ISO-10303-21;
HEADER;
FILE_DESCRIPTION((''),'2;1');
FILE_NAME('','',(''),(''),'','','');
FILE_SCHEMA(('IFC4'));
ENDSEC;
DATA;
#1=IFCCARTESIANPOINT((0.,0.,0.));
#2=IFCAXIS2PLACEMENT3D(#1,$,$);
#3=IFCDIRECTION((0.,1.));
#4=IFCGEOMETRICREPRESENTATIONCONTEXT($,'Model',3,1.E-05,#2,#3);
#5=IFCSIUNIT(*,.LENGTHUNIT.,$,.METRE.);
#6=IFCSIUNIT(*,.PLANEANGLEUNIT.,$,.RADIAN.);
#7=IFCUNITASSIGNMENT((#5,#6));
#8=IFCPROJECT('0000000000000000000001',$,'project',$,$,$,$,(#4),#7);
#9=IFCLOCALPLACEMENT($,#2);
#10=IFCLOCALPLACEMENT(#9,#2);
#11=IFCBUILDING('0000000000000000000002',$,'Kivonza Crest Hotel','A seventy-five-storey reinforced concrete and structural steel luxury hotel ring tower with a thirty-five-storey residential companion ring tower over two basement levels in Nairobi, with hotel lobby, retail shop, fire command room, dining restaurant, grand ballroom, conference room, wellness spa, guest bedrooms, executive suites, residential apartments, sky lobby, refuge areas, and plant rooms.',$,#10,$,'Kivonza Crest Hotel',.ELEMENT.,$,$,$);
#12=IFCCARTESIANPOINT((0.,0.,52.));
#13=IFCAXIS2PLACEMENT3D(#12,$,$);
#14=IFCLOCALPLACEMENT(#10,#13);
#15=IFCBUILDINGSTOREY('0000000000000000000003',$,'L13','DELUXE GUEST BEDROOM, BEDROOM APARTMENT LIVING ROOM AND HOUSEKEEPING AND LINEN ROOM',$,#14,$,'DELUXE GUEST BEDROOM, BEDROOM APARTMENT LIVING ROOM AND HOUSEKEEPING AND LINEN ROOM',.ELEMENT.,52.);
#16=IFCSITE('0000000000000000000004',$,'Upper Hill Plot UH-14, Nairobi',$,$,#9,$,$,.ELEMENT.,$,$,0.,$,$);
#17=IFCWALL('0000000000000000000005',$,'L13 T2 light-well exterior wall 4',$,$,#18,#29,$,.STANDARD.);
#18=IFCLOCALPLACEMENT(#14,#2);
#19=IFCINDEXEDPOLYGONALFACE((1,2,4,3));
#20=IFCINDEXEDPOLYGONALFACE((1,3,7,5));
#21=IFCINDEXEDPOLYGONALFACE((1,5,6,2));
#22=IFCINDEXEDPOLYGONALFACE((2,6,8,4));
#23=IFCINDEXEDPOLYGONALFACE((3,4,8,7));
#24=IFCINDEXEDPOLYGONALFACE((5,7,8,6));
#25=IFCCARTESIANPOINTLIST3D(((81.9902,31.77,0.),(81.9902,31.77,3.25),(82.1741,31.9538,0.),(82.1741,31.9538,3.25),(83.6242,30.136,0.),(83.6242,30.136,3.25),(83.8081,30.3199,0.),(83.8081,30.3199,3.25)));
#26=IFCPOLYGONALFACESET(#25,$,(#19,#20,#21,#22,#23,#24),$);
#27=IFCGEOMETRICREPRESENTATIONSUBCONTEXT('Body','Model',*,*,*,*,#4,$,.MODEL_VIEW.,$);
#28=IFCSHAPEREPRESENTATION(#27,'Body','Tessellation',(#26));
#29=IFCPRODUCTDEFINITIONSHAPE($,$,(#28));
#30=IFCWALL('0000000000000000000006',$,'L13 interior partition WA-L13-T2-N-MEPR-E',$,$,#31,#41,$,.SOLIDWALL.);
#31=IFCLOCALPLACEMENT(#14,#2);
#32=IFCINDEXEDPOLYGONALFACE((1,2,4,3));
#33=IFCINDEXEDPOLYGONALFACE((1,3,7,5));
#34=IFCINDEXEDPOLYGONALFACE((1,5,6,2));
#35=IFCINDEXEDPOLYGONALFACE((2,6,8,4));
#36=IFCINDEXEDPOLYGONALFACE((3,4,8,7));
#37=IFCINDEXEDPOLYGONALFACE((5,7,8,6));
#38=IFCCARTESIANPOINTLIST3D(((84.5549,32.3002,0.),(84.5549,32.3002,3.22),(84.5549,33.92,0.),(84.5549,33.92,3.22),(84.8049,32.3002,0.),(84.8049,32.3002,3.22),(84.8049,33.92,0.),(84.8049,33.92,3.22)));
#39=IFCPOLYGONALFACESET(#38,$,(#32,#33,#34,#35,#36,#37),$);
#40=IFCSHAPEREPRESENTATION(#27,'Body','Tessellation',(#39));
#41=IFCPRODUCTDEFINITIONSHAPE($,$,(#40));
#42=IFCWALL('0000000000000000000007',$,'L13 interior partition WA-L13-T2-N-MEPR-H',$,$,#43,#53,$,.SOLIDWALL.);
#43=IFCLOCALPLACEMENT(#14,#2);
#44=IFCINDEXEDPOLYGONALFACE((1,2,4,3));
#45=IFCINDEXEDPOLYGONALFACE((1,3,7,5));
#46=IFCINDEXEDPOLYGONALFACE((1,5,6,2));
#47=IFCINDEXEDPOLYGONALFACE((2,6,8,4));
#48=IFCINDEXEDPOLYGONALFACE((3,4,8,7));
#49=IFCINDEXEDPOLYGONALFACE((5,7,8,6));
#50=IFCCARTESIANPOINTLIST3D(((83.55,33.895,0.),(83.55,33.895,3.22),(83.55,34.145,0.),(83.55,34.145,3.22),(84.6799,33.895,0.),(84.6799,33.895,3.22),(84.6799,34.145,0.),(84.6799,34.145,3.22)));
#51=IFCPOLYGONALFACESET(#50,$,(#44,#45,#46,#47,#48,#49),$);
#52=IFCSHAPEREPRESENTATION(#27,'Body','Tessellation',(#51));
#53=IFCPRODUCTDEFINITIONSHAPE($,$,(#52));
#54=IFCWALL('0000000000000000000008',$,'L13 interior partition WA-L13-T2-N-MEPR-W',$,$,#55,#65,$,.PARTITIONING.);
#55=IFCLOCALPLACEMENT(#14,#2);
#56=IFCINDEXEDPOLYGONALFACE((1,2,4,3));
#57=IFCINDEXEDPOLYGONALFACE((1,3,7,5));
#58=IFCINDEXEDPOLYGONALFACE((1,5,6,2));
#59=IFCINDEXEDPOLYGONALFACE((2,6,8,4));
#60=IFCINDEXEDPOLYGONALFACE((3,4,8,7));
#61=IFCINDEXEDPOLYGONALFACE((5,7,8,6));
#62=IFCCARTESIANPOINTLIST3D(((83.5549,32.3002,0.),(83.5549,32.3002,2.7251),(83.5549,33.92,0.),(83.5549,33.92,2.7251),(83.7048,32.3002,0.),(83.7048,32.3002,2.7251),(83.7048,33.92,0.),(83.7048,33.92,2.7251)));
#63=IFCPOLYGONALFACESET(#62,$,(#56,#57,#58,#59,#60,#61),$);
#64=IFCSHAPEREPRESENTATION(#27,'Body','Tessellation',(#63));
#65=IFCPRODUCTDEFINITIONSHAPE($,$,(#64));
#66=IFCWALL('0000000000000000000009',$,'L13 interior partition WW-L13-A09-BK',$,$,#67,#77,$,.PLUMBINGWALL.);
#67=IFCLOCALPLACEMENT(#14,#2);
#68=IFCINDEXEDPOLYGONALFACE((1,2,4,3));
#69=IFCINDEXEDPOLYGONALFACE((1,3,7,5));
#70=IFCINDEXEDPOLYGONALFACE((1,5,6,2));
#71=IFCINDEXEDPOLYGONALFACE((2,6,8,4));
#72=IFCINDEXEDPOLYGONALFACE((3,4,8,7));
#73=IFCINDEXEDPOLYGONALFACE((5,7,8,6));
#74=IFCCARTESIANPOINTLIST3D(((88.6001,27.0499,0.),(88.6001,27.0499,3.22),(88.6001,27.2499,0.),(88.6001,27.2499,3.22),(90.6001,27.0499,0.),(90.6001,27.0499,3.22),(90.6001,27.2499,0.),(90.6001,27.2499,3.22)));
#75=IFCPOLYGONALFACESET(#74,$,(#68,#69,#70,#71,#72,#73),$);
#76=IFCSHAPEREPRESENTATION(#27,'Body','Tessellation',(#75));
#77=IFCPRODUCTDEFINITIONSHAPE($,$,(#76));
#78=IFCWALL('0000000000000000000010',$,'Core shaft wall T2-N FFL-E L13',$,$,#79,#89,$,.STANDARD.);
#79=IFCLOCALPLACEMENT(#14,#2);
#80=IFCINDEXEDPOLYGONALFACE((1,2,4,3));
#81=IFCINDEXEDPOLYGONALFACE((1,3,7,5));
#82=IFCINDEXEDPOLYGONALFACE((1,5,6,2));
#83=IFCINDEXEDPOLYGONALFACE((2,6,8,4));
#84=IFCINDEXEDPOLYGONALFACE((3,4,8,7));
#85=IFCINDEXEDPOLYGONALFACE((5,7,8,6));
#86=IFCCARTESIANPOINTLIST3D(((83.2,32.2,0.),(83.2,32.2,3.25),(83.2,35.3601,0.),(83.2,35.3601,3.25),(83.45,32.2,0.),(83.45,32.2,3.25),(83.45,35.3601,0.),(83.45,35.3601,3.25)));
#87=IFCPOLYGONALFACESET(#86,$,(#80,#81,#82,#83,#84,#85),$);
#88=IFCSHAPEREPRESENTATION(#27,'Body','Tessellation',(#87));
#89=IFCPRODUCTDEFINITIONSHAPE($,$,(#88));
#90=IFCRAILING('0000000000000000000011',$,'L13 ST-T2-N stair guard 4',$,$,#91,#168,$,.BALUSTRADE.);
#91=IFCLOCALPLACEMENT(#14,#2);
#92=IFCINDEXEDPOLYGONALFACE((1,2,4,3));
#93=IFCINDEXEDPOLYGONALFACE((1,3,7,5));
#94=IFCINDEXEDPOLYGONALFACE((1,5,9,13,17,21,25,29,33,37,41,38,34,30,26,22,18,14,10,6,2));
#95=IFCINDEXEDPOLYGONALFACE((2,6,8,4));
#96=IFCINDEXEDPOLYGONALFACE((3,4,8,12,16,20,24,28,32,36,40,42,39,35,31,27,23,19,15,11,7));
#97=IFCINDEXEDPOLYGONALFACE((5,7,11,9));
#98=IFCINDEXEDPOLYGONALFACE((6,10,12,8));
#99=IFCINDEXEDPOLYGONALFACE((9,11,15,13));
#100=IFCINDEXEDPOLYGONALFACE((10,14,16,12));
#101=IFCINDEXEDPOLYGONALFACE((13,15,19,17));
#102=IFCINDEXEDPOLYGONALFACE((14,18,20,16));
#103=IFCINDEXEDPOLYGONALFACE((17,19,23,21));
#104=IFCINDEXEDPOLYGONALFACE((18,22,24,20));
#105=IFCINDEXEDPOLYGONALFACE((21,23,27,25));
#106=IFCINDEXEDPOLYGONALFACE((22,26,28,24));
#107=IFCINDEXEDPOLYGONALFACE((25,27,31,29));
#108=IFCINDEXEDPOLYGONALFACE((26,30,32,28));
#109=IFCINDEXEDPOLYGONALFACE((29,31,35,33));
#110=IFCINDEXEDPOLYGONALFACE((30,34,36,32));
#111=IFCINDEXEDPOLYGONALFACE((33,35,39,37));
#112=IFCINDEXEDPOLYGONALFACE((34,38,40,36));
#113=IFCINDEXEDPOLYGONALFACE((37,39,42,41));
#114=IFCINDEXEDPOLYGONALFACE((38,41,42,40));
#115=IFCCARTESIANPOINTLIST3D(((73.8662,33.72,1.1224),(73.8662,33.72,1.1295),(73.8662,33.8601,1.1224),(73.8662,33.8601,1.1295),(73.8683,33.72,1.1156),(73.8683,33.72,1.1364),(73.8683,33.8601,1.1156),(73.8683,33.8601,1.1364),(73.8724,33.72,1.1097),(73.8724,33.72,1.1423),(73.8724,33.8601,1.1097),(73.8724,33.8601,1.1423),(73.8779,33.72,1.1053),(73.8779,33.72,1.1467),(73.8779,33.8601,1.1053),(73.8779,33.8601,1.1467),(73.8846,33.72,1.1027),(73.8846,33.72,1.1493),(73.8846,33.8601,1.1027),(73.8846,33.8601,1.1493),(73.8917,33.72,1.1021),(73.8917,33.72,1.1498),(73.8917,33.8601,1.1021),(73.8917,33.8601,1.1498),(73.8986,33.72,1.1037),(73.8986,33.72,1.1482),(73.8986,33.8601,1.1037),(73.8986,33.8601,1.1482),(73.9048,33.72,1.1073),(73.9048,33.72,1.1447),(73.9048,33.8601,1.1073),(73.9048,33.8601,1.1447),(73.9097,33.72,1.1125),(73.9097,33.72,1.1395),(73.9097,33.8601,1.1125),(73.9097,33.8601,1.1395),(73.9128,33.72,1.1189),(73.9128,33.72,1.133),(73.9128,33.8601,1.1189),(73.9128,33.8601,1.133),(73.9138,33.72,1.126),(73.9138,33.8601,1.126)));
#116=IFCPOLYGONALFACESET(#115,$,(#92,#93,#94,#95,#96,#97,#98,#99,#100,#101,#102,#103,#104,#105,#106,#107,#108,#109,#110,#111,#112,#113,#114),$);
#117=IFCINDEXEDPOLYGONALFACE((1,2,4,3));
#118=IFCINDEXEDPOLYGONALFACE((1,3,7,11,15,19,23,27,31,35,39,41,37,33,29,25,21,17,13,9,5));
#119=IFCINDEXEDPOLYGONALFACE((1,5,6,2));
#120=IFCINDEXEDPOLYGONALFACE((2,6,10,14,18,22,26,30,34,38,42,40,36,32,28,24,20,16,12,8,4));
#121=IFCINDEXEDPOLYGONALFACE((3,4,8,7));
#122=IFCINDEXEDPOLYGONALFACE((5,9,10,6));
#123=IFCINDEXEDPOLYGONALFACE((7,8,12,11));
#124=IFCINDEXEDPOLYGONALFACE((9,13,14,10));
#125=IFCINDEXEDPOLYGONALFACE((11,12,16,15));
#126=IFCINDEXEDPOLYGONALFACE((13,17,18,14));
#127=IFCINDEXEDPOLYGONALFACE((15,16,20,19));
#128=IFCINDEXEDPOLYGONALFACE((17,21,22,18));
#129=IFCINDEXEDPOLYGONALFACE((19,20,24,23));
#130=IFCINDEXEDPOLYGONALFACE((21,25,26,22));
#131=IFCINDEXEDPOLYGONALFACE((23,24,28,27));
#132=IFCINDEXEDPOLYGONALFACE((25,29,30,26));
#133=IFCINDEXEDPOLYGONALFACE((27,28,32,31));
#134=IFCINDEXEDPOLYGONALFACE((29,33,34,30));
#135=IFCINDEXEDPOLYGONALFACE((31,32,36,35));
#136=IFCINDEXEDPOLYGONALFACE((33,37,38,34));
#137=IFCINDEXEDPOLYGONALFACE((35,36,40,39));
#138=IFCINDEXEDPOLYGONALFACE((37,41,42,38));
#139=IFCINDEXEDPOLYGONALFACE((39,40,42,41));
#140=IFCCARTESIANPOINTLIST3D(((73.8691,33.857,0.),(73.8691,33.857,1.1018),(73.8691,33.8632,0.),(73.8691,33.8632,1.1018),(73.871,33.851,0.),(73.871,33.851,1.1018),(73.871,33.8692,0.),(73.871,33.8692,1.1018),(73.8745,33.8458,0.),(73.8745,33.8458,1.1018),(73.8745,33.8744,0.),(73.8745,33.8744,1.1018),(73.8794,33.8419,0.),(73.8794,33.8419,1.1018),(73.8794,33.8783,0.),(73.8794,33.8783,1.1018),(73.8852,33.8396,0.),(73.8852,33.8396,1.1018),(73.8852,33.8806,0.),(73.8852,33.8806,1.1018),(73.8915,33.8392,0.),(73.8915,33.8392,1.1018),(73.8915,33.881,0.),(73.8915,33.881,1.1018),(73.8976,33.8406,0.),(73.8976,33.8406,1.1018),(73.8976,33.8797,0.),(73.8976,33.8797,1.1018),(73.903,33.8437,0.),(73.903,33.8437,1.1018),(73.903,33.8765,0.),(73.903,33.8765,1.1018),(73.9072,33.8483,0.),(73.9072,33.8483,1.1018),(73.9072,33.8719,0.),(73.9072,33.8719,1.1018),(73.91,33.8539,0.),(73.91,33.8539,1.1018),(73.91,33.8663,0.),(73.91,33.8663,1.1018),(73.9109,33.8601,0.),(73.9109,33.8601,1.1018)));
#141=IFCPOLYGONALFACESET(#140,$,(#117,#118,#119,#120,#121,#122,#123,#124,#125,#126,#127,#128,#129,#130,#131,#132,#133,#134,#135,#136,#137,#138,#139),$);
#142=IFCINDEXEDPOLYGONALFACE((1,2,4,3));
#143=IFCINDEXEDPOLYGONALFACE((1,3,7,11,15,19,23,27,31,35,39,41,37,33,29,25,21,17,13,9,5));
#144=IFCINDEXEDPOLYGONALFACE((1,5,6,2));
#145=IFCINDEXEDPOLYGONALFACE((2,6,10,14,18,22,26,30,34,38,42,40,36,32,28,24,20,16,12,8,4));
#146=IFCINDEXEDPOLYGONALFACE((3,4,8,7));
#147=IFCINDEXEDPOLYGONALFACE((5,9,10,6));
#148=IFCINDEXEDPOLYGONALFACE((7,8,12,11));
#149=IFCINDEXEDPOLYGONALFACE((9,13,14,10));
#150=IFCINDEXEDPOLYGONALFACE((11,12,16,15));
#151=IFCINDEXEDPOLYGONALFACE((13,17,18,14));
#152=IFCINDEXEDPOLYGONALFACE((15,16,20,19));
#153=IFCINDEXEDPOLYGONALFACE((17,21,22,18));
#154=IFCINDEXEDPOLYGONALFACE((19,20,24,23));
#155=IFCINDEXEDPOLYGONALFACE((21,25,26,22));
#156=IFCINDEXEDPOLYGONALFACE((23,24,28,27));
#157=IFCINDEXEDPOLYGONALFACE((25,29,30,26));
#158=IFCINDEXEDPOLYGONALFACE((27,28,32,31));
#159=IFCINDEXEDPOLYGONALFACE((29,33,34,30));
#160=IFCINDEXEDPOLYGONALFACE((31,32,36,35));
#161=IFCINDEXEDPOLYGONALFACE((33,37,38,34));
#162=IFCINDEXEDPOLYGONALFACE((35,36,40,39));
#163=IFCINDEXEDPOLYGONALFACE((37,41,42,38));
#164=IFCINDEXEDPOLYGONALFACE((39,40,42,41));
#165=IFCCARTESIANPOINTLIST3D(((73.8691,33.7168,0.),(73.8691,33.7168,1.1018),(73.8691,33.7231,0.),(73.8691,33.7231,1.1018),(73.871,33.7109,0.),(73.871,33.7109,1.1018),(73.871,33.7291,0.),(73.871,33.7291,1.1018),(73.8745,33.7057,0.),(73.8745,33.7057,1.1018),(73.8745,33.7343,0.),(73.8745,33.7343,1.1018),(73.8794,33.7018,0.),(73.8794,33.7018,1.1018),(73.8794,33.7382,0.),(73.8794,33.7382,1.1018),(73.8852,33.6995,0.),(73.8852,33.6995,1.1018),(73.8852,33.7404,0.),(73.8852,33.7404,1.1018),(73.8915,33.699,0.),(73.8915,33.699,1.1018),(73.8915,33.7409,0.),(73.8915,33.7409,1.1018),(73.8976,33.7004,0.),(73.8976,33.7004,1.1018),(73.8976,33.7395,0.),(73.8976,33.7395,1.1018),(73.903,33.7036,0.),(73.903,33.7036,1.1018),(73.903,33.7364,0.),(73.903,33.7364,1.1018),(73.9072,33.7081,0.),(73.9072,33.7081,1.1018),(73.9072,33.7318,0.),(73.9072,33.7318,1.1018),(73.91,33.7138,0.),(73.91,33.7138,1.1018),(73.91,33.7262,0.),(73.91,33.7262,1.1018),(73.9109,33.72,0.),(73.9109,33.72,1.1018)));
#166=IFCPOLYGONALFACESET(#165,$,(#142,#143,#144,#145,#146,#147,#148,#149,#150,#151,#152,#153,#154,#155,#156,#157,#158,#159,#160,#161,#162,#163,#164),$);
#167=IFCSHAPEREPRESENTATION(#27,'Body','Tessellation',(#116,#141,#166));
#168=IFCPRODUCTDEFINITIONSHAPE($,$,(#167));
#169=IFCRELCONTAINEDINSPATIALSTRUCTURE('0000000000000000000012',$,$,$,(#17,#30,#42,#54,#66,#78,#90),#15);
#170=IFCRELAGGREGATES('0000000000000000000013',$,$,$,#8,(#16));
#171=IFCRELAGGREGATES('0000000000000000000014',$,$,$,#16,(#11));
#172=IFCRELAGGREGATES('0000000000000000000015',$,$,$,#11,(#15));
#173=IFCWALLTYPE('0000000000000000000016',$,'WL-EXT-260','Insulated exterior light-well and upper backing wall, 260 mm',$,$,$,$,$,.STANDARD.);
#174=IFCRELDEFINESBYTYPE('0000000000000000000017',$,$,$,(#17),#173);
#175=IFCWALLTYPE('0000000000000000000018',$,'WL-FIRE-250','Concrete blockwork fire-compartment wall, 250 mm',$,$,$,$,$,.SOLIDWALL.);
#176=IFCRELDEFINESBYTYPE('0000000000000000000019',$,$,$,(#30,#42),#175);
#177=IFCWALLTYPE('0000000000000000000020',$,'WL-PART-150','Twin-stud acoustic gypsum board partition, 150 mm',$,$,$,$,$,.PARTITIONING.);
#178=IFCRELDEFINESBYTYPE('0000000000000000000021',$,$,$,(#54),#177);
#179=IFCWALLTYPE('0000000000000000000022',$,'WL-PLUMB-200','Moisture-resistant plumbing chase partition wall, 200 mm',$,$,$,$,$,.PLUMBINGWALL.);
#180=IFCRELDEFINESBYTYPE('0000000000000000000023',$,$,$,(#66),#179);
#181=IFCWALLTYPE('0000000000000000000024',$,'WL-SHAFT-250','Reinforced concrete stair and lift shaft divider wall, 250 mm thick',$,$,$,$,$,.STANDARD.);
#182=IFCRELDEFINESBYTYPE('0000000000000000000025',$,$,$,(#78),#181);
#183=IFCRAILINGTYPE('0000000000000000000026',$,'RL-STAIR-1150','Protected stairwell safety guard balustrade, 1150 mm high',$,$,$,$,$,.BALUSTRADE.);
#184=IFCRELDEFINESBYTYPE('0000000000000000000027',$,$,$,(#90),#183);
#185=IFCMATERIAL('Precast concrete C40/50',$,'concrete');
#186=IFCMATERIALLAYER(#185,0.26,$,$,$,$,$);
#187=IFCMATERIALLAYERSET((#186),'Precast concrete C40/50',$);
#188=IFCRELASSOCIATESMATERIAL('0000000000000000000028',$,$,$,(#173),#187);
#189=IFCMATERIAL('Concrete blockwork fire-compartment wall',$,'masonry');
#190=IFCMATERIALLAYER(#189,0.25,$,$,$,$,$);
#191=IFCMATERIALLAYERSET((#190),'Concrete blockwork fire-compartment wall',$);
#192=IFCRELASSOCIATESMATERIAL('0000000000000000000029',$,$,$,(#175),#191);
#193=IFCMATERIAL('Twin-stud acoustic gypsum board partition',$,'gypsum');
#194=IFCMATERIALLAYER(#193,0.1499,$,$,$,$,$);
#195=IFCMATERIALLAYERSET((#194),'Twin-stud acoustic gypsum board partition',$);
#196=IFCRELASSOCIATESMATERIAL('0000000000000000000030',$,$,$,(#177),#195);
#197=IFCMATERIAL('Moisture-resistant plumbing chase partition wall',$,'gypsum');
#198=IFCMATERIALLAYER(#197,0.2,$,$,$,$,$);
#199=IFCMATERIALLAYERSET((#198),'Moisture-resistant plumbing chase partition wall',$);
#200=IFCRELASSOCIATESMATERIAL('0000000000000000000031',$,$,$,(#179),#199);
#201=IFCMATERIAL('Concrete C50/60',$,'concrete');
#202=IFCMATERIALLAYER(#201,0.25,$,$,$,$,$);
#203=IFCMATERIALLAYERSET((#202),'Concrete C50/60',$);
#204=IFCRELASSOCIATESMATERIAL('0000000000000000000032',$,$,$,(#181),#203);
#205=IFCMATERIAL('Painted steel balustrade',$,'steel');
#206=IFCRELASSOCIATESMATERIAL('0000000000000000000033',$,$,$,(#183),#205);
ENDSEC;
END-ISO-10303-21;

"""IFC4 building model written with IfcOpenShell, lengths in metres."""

from ifc_helpers import new_model, si_unit, direction, frame, frame_2d, origin, origin_2d, place, context, subcontext, project, spatial, rectangle, circle, extrude, material, layer, layer_set, type_object, element, save


model = new_model("IFC4")

# Units and contexts
model_context = context("Model", 3, precision=1e-05, world=origin(), true_north=direction((0.0, 1.0)))
body_context = subcontext(model_context, "Body", "Model", "MODEL_VIEW")
ifc_project = project(units=[si_unit("LENGTHUNIT", "METRE"), si_unit("PLANEANGLEUNIT", "RADIAN")], contexts=[model_context])

# Site, building, storey
site_placement = place(None, origin())
site = spatial("IfcSite", under=ifc_project, at=site_placement, Name="Upper Hill Plot UH-14, Nairobi", CompositionType="ELEMENT", RefElevation=0.0)
building_placement = place(site_placement, origin())
building = spatial("IfcBuilding", under=site, at=building_placement, Name="Kivonza Crest Hotel", Description="A seventy-five-storey reinforced concrete and structural steel luxury hotel ring tower with a thirty-five-storey residential companion ring tower over two basement levels in Nairobi, with hotel lobby, retail shop, fire command room, dining restaurant, grand ballroom, conference room, wellness spa, guest bedrooms, executive suites, residential apartments, sky lobby, refuge areas, and plant rooms.", LongName="Kivonza Crest Hotel", CompositionType="ELEMENT")
storey_placement = place(building_placement, frame((0.0, 0.0, 52.0)))
storey = spatial("IfcBuildingStorey", under=building, at=storey_placement, Name="L13", Description="DELUXE GUEST BEDROOM, BEDROOM APARTMENT LIVING ROOM AND HOUSEKEEPING AND LINEN ROOM", LongName="DELUXE GUEST BEDROOM, BEDROOM APARTMENT LIVING ROOM AND HOUSEKEEPING AND LINEN ROOM", CompositionType="ELEMENT", Elevation=52.0)

# Shared definitions
ifc_material_1 = material(Name="Concrete C50/60", Category="concrete")

# Walls
ifc_material_2 = material(Name="Precast concrete C40/50", Category="concrete")
ifc_layer_1 = layer(ifc_material_2, 0.26)
ifc_layer_set_1 = layer_set([ifc_layer_1], Name="Precast concrete C40/50")
wall_type_1 = type_object("IfcWallType", Name="WL-EXT-260", Description="Insulated exterior light-well and upper backing wall, 260 mm", PredefinedType="STANDARD", material=ifc_layer_set_1)
wall_1_placement = place(storey_placement, frame((83.7161, 30.228, 0.0), z_axis=(0.0, 0.0, 1.0), x_axis=(-0.707107, 0.707107, 0.0)))
element("IfcWall", 1, at=wall_1_placement, inside=storey, type_object=wall_type_1, Name="L13 T2 light-well exterior wall 4", PredefinedType="STANDARD", context=body_context, shape_type="SweptSolid", body=[
    extrude(rectangle(XDim=2.3108, YDim=0.26, at=frame_2d((1.1553, 0.0))), origin(), (0.0, 0.0, 1.0), 3.25),
])
ifc_material_3 = material(Name="Concrete blockwork fire-compartment wall", Category="masonry")
ifc_layer_2 = layer(ifc_material_3, 0.25)
ifc_layer_set_2 = layer_set([ifc_layer_2], Name="Concrete blockwork fire-compartment wall")
wall_type_2 = type_object("IfcWallType", Name="WL-FIRE-250", Description="Concrete blockwork fire-compartment wall, 250 mm", PredefinedType="SOLIDWALL", material=ifc_layer_set_2)
wall_2_placement = place(storey_placement, frame((84.6799, 32.3, 0.0), z_axis=(0.0, 0.0, 1.0), x_axis=(0.0, 1.0, 0.0)))
element("IfcWall", 2, at=wall_2_placement, inside=storey, type_object=wall_type_2, Name="L13 interior partition WA-L13-T2-N-MEPR-E", PredefinedType="SOLIDWALL", context=body_context, shape_type="SweptSolid", body=[
    extrude(rectangle(XDim=1.6199, YDim=0.25, at=frame_2d((0.8101, 0.0))), origin(), (0.0, 0.0, 1.0), 3.22),
])
wall_3_placement = place(storey_placement, frame((83.55, 34.02, 0.0), z_axis=(0.0, 0.0, 1.0), x_axis=(1.0, 0.0, 0.0)))
element("IfcWall", 3, at=wall_3_placement, inside=storey, type_object=wall_type_2, Name="L13 interior partition WA-L13-T2-N-MEPR-H", PredefinedType="SOLIDWALL", context=body_context, shape_type="SweptSolid", body=[
    extrude(rectangle(XDim=1.1299, YDim=0.25, at=frame_2d((0.5649, 0.0))), origin(), (0.0, 0.0, 1.0), 3.22),
])
ifc_material_4 = material(Name="Twin-stud acoustic gypsum board partition", Category="gypsum")
ifc_layer_3 = layer(ifc_material_4, 0.1499)
ifc_layer_set_3 = layer_set([ifc_layer_3], Name="Twin-stud acoustic gypsum board partition")
wall_type_3 = type_object("IfcWallType", Name="WL-PART-150", Description="Twin-stud acoustic gypsum board partition, 150 mm", PredefinedType="PARTITIONING", material=ifc_layer_set_3)
wall_4_placement = place(storey_placement, frame((83.6299, 32.3, 0.0), z_axis=(0.0, 0.0, 1.0), x_axis=(0.0, 1.0, 0.0)))
element("IfcWall", 4, at=wall_4_placement, inside=storey, type_object=wall_type_3, Name="L13 interior partition WA-L13-T2-N-MEPR-W", PredefinedType="PARTITIONING", context=body_context, shape_type="SweptSolid", body=[
    extrude(rectangle(XDim=1.6199, YDim=0.1499, at=frame_2d((0.8101, 0.0))), origin(), (0.0, 0.0, 1.0), 2.7251),
])
ifc_material_5 = material(Name="Moisture-resistant plumbing chase partition wall", Category="gypsum")
ifc_layer_4 = layer(ifc_material_5, 0.2)
ifc_layer_set_4 = layer_set([ifc_layer_4], Name="Moisture-resistant plumbing chase partition wall")
wall_type_4 = type_object("IfcWallType", Name="WL-PLUMB-200", Description="Moisture-resistant plumbing chase partition wall, 200 mm", PredefinedType="PLUMBINGWALL", material=ifc_layer_set_4)
wall_5_placement = place(storey_placement, frame((88.6001, 27.1499, 0.0), z_axis=(0.0, 0.0, 1.0), x_axis=(1.0, 0.0, 0.0)))
element("IfcWall", 5, at=wall_5_placement, inside=storey, type_object=wall_type_4, Name="L13 interior partition WW-L13-A09-BK", PredefinedType="PLUMBINGWALL", context=body_context, shape_type="SweptSolid", body=[
    extrude(rectangle(XDim=2.0, YDim=0.2, at=frame_2d((1.0, 0.0))), origin(), (0.0, 0.0, 1.0), 3.22),
])

# Shared definitions
ifc_layer_5 = layer(ifc_material_1, 0.25)
ifc_layer_set_5 = layer_set([ifc_layer_5], Name="Concrete C50/60")
wall_type_5 = type_object("IfcWallType", Name="WL-SHAFT-250", Description="Reinforced concrete stair and lift shaft divider wall, 250 mm thick", PredefinedType="STANDARD", material=ifc_layer_set_5)

# Wall
wall_6_placement = place(storey_placement, frame((83.325, 32.2, 0.0), z_axis=(0.0, 0.0, 1.0), x_axis=(0.0, 1.0, 0.0)))
element("IfcWall", 6, at=wall_6_placement, inside=storey, type_object=wall_type_5, Name="Core shaft wall T2-N FFL-E L13", PredefinedType="STANDARD", context=body_context, shape_type="SweptSolid", body=[
    extrude(rectangle(XDim=3.1602, YDim=0.25, at=frame_2d((1.5801, 0.0))), origin(), (0.0, 0.0, 1.0), 3.25),
])

# Railing
ifc_material_6 = material(Name="Painted steel balustrade", Category="steel")
railing_type = type_object("IfcRailingType", Name="RL-STAIR-1150", Description="Protected stairwell safety guard balustrade, 1150 mm high", PredefinedType="BALUSTRADE", material=ifc_material_6)
railing_placement = place(storey_placement, frame((73.8899, 33.8601, 0.0)))
element("IfcRailing", 7, at=railing_placement, inside=storey, type_object=railing_type, Name="L13 ST-T2-N stair guard 4", PredefinedType="BALUSTRADE", context=body_context, shape_type="SweptSolid", body=[
    extrude(circle(Radius=0.0239, at=origin_2d()), frame((0.0, 0.0, 1.126), z_axis=(0.0, -1.0, 0.0), x_axis=(1.0, 0.0, 0.0)), (0.0, 0.0, 1.0), 0.1401),
    extrude(circle(Radius=0.021, at=origin_2d()), origin(), (0.0, 0.0, 1.0), 1.1018),
    extrude(circle(Radius=0.021, at=origin_2d()), frame((0.0, -0.1401, 0.0)), (0.0, 0.0, 1.0), 1.1018),
])

save(model, "model.ifc")
